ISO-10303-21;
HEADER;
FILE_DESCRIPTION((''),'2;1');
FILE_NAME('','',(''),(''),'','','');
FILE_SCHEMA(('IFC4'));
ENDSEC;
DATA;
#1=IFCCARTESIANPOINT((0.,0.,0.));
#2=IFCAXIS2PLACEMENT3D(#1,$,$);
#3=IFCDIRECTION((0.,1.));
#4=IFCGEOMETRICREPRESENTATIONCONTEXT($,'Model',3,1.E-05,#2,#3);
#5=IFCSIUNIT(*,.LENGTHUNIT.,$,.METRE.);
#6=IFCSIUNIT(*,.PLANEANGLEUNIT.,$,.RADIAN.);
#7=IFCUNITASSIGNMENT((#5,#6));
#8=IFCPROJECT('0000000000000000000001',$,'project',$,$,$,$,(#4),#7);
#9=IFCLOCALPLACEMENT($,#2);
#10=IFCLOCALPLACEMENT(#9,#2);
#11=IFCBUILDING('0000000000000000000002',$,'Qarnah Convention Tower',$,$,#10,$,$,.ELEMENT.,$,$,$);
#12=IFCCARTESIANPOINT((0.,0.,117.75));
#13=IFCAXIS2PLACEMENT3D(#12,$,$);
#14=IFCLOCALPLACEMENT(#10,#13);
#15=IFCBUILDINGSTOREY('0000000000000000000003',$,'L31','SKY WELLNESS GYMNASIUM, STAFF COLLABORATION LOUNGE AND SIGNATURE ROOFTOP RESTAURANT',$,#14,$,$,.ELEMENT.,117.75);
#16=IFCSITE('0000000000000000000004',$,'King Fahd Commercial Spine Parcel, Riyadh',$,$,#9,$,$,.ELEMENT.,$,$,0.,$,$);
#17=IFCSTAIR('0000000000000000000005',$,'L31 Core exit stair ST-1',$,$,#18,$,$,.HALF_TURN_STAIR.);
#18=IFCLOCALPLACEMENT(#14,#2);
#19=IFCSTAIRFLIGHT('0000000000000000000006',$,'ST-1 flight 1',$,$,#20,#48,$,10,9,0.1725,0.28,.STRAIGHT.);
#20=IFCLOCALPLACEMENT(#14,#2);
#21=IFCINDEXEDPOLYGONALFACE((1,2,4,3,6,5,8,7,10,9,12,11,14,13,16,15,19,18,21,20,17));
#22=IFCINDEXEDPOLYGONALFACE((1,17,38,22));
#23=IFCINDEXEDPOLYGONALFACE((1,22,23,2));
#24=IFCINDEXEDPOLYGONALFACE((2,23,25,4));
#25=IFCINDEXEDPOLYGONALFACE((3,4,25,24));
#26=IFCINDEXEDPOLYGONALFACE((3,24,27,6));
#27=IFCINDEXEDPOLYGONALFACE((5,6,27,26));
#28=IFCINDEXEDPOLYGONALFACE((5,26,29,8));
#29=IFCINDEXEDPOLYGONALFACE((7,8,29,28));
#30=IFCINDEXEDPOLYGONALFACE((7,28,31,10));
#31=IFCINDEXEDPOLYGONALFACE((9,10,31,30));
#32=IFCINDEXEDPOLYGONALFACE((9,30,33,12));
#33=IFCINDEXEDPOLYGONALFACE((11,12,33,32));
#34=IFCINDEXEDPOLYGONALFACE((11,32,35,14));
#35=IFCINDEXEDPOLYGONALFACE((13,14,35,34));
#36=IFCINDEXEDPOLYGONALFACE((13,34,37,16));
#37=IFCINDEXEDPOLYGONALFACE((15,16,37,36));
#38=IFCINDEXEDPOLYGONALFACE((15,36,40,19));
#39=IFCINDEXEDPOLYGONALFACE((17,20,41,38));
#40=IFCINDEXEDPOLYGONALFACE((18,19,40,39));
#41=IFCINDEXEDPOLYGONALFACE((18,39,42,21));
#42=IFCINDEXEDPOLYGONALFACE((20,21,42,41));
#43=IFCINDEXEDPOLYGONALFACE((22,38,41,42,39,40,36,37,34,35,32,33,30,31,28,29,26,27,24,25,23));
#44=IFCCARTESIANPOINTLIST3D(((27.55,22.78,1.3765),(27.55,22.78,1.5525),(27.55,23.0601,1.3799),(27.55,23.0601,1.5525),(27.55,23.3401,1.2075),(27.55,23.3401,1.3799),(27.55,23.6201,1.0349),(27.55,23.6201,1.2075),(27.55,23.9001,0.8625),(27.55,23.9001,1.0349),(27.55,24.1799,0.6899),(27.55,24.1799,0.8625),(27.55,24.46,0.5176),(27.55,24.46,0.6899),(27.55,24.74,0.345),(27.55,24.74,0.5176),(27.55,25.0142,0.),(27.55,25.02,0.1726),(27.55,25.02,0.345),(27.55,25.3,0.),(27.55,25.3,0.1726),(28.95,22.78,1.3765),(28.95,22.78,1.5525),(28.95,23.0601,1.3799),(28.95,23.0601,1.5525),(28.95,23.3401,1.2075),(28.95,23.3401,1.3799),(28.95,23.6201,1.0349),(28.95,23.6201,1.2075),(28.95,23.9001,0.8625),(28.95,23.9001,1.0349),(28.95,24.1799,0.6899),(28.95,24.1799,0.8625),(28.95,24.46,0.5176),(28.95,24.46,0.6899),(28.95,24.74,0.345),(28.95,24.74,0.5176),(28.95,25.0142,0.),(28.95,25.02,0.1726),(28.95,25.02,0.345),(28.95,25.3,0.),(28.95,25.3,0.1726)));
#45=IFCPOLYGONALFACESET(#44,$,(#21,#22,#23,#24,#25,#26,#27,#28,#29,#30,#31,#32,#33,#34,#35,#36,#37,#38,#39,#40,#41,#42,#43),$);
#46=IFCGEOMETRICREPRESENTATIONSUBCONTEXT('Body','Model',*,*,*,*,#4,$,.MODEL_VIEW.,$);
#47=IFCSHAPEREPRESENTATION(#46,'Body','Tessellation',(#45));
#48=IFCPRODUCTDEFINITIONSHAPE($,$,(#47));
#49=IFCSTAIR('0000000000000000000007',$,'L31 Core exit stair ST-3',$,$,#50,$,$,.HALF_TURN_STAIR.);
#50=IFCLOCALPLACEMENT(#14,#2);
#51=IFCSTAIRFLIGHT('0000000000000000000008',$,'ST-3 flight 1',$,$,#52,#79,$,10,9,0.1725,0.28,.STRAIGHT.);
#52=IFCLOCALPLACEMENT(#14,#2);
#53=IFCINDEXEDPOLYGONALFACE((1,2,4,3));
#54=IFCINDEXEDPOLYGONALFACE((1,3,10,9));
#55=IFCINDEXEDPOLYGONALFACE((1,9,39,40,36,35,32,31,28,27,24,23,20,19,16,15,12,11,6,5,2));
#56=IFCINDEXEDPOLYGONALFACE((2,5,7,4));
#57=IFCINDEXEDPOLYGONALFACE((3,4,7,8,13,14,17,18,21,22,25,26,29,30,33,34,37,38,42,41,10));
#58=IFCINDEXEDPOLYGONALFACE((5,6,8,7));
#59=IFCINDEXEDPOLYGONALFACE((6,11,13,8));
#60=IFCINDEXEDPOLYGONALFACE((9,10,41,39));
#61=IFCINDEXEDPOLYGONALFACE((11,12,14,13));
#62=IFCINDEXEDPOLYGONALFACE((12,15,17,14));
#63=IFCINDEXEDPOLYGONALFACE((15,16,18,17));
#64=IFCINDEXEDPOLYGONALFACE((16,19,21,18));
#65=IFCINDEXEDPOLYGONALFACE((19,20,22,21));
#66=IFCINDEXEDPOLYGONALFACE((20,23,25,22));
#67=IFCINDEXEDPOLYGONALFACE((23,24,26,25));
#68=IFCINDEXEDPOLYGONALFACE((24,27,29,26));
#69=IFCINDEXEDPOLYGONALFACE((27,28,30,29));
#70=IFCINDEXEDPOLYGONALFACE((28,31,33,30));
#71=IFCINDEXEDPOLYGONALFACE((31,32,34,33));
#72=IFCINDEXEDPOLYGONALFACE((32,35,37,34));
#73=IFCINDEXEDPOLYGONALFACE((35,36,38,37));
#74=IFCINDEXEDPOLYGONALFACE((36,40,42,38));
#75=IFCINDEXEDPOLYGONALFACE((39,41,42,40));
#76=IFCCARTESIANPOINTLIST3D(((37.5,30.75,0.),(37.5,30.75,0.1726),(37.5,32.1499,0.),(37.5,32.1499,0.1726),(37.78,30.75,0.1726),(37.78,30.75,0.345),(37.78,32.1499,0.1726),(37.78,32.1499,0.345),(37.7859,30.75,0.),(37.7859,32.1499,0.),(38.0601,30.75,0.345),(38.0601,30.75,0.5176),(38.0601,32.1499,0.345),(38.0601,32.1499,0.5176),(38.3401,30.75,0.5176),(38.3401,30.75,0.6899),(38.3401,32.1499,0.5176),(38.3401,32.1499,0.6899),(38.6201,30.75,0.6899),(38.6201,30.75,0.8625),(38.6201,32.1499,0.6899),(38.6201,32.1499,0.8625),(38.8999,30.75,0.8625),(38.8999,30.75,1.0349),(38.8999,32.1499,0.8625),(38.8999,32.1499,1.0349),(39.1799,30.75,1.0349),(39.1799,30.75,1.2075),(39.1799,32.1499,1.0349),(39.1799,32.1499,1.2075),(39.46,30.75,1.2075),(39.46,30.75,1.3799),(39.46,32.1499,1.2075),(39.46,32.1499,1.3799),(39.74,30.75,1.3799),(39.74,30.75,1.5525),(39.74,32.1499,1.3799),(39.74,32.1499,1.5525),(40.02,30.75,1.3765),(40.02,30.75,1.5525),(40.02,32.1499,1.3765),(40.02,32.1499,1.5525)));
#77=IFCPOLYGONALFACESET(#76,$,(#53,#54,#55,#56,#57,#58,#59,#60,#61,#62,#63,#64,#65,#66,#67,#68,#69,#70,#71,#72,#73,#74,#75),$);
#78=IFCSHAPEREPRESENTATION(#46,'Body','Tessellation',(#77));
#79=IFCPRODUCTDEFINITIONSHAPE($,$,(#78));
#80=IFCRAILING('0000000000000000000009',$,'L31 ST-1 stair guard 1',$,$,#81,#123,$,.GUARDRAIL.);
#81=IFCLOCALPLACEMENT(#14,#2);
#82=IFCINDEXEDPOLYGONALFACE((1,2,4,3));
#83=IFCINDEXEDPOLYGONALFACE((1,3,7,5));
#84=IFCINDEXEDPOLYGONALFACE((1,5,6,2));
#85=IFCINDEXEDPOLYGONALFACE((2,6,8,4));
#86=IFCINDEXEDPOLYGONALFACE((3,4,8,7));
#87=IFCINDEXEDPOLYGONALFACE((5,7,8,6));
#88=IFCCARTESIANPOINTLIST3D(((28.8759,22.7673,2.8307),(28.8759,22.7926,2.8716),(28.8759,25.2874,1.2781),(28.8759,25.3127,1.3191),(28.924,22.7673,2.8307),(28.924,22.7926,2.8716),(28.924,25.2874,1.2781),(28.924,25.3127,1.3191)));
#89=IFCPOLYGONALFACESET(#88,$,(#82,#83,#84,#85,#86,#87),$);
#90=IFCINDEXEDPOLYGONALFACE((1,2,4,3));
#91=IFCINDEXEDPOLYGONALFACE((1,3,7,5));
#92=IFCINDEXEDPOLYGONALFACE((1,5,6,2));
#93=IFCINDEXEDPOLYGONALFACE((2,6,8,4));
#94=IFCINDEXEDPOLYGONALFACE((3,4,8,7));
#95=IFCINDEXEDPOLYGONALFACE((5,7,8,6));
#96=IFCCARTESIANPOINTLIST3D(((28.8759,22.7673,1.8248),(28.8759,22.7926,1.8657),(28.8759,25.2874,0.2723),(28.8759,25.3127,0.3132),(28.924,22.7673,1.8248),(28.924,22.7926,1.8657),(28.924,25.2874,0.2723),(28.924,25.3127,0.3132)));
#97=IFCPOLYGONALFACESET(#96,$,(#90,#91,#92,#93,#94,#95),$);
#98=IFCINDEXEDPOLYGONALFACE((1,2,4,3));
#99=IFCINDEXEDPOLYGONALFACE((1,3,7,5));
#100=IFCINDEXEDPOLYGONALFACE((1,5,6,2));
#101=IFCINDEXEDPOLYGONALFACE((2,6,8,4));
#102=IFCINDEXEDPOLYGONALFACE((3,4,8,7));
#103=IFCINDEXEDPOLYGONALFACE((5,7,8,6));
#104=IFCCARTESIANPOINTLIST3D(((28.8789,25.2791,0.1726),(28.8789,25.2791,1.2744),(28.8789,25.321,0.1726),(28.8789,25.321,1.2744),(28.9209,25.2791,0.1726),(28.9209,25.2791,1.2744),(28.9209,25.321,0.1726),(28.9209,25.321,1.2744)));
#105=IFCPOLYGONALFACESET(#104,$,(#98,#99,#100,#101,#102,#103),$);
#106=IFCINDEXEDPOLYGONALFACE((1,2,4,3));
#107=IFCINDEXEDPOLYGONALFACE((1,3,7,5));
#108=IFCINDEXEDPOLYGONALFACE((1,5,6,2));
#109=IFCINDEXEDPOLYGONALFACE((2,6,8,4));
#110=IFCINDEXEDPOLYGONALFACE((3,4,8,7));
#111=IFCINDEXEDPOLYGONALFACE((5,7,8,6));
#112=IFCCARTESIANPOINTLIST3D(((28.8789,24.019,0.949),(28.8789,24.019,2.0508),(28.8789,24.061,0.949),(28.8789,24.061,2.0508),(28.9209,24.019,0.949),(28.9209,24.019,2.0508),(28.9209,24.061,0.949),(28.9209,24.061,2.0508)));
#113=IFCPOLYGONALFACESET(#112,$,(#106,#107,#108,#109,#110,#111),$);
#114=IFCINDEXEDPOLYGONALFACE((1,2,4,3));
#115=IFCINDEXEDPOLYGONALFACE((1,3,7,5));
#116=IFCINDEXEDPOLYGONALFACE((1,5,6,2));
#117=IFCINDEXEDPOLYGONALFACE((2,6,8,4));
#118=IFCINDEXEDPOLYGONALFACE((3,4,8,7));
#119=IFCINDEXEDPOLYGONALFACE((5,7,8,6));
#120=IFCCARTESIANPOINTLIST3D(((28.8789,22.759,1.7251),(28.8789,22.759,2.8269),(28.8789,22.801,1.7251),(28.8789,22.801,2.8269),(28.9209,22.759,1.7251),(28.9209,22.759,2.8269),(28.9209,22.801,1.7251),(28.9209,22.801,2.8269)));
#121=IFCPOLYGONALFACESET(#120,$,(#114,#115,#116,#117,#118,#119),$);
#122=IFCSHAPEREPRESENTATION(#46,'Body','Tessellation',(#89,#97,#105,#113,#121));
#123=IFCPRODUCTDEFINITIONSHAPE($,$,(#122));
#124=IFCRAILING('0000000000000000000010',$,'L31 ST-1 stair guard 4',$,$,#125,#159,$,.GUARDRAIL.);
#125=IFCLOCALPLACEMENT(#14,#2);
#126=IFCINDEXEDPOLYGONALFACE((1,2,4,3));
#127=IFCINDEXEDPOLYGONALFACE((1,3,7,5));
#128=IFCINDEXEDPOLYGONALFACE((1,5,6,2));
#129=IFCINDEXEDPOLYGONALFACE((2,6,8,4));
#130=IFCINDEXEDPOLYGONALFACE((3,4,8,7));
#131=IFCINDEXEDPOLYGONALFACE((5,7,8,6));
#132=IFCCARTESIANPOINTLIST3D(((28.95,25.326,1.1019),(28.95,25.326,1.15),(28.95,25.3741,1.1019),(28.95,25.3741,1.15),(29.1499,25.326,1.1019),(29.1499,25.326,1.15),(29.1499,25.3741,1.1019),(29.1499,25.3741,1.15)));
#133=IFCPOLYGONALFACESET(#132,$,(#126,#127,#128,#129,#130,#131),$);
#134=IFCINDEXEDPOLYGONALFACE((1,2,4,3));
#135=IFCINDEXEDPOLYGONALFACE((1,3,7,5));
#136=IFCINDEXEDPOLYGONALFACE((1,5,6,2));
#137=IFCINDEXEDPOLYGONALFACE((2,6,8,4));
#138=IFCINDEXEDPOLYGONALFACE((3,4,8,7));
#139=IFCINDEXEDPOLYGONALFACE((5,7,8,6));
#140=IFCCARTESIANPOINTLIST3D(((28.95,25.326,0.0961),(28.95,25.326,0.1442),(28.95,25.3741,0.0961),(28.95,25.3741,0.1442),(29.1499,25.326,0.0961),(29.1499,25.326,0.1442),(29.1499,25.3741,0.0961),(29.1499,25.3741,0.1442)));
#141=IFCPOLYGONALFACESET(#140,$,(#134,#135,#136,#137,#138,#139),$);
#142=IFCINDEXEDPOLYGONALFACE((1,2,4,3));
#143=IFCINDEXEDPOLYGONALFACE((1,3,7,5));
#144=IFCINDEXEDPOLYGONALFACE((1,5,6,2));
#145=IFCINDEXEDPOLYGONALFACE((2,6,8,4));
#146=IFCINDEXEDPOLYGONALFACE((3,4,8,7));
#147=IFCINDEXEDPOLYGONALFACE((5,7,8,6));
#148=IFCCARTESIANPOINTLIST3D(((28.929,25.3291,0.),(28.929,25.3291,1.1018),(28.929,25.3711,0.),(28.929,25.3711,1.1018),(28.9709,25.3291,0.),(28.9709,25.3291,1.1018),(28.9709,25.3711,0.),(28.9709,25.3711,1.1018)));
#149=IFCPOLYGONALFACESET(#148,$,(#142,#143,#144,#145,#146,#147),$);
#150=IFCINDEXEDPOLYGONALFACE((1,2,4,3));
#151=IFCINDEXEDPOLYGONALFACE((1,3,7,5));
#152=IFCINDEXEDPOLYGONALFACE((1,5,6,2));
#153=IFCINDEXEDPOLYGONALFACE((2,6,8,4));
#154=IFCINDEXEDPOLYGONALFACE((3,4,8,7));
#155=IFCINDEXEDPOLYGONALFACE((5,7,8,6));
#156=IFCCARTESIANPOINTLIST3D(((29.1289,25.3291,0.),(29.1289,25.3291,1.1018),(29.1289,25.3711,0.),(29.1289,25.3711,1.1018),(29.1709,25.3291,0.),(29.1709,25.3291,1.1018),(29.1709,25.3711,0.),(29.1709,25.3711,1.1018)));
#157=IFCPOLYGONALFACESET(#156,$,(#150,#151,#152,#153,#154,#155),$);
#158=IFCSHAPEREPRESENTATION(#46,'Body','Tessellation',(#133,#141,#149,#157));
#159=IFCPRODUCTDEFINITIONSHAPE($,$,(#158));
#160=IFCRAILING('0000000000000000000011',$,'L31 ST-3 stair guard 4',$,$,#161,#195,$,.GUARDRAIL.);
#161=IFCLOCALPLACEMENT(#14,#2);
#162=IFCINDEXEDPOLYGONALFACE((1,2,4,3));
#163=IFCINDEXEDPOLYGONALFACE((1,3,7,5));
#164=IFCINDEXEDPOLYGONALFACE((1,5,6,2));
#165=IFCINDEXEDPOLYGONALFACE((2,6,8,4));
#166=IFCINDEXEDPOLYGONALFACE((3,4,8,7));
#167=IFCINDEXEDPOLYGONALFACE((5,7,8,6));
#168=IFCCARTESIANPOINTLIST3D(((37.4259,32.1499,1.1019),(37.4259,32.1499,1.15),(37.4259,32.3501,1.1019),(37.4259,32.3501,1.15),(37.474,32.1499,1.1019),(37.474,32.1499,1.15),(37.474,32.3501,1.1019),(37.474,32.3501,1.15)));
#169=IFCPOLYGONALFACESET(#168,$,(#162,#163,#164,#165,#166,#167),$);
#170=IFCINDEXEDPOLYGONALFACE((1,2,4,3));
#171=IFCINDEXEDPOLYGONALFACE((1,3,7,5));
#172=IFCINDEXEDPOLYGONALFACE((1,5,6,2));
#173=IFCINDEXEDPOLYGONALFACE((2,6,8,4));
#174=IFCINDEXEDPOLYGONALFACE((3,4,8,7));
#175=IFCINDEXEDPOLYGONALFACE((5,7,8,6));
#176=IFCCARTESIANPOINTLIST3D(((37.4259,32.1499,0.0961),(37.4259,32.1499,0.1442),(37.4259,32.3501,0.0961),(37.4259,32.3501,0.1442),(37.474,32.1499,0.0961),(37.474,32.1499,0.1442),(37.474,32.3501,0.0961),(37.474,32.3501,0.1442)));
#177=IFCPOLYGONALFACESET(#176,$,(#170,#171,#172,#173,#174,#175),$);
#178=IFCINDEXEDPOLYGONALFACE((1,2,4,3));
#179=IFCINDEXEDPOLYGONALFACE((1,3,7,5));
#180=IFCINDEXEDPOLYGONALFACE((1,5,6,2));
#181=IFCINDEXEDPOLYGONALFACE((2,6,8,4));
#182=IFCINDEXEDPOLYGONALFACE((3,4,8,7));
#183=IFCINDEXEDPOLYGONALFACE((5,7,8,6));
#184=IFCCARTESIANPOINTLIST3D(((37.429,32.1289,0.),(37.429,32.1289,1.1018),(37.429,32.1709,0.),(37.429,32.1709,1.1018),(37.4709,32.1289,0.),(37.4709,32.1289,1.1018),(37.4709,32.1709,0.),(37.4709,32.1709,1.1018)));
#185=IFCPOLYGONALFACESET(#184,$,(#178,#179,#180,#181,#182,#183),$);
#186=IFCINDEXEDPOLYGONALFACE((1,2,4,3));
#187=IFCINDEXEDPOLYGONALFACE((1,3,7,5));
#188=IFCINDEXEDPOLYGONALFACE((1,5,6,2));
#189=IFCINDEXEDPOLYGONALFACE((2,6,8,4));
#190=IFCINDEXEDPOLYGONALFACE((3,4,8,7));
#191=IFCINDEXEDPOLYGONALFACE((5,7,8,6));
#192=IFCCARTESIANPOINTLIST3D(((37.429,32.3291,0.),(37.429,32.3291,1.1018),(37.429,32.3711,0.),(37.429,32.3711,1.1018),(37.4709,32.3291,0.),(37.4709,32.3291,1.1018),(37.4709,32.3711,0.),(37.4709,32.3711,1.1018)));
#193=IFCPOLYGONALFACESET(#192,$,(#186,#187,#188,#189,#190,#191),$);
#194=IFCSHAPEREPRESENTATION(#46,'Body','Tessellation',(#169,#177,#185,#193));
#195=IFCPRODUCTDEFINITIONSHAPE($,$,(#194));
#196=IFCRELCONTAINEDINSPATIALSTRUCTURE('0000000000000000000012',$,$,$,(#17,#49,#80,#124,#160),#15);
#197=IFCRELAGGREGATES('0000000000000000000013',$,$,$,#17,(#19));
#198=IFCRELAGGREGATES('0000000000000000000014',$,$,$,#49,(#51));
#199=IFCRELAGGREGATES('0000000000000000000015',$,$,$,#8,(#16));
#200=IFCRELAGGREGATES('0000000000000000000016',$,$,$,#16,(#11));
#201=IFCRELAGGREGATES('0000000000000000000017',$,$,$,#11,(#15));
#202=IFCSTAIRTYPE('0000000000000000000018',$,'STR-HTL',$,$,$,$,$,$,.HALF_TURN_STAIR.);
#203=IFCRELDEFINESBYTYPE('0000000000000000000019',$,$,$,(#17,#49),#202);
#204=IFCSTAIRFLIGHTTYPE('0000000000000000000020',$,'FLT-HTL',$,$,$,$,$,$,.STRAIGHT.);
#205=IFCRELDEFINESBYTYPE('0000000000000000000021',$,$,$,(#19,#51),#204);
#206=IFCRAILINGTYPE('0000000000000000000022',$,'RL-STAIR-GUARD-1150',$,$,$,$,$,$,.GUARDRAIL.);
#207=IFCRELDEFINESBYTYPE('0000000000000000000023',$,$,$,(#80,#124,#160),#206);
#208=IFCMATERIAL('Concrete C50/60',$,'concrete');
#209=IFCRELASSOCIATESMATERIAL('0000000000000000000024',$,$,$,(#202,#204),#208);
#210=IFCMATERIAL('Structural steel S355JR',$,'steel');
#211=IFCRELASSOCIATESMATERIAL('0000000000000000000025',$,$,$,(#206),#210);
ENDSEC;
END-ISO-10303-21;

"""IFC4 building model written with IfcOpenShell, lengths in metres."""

from ifc_helpers import new_model, si_unit, direction, frame, origin, origin_2d, place, context, subcontext, project, spatial, polyline, rectangle, outline, extrude, material, type_object, element, aggregate, save


model = new_model("IFC4")

# Units and contexts
model_context = context("Model", 3, precision=1e-05, world=origin(), true_north=direction((0.0, 1.0)))
body_context = subcontext(model_context, "Body", "Model", "MODEL_VIEW")
ifc_project = project(units=[si_unit("LENGTHUNIT", "METRE"), si_unit("PLANEANGLEUNIT", "RADIAN")], contexts=[model_context])

# Site, building, storey
site_placement = place(None, origin())
site = spatial("IfcSite", under=ifc_project, at=site_placement, Name="King Fahd Commercial Spine Parcel, Riyadh", CompositionType="ELEMENT", RefElevation=0.0)
building_placement = place(site_placement, origin())
building = spatial("IfcBuilding", under=site, at=building_placement, Name="Qarnah Convention Tower", CompositionType="ELEMENT")
storey_placement = place(building_placement, frame((0.0, 0.0, 117.75)))
storey = spatial("IfcBuildingStorey", under=building, at=storey_placement, Name="L31", Description="SKY WELLNESS GYMNASIUM, STAFF COLLABORATION LOUNGE AND SIGNATURE ROOFTOP RESTAURANT", CompositionType="ELEMENT", Elevation=117.75)

# Shared definitions
ifc_material_1 = material(Name="Structural steel S355JR", Category="steel")

# Stairs, stair flights
ifc_material_2 = material(Name="Concrete C50/60", Category="concrete")
stair_type = type_object("IfcStairType", Name="STR-HTL", PredefinedType="HALF_TURN_STAIR", material=ifc_material_2)
stair_1_placement = place(storey_placement, origin())
stair_1 = element("IfcStair", 1, at=stair_1_placement, inside=storey, type_object=stair_type, Name="L31 Core exit stair ST-1", PredefinedType="HALF_TURN_STAIR")
stair_flight_type = type_object("IfcStairFlightType", Name="FLT-HTL", PredefinedType="STRAIGHT", material=ifc_material_2)
stair_flight_1_placement = place(storey_placement, frame((28.25, 25.3, 0.0), z_axis=(0.0, 0.0, 1.0), x_axis=(0.0, -1.0, 0.0)))
stair_flight_1 = element("IfcStairFlight", 2, at=stair_flight_1_placement, type_object=stair_flight_type, Name="ST-1 flight 1", NumberOfRisers=10, NumberOfTreads=9, PredefinedType="STRAIGHT", RiserHeight=0.1725, TreadLength=0.28, context=body_context, shape_type="SweptSolid", body=[
    extrude(outline(polyline([(0.0, 0.0), (0.0, 0.1726), (0.28, 0.1726), (0.28, 0.345), (0.5601, 0.345), (0.5601, 0.5176), (0.8401, 0.5176), (0.8401, 0.6899), (1.1201, 0.6899), (1.1201, 0.8625), (1.3999, 0.8625), (1.3999, 1.0349), (1.6799, 1.0349), (1.6799, 1.2075), (1.96, 1.2075), (1.96, 1.3799), (2.24, 1.3799), (2.24, 1.5525), (2.52, 1.5525), (2.52, 1.7251), (2.52, 1.3765), (0.2859, 0.0), (0.0, 0.0)])), frame((0.0, 0.7, 0.0), z_axis=(0.0, -1.0, 0.0), x_axis=(1.0, 0.0, 0.0)), (0.0, 0.0, 1.0), 1.3999),
])
aggregate(stair_1, [stair_flight_1])
stair_2_placement = place(storey_placement, origin())
stair_2 = element("IfcStair", 3, at=stair_2_placement, inside=storey, type_object=stair_type, Name="L31 Core exit stair ST-3", PredefinedType="HALF_TURN_STAIR")
stair_flight_2_placement = place(storey_placement, frame((37.5, 31.45, 0.0), z_axis=(0.0, 0.0, 1.0), x_axis=(1.0, 0.0, 0.0)))
stair_flight_2 = element("IfcStairFlight", 4, at=stair_flight_2_placement, type_object=stair_flight_type, Name="ST-3 flight 1", NumberOfRisers=10, NumberOfTreads=9, PredefinedType="STRAIGHT", RiserHeight=0.1725, TreadLength=0.28, context=body_context, shape_type="SweptSolid", body=[
    extrude(outline(polyline([(0.0, 0.0), (0.0, 0.1726), (0.28, 0.1726), (0.28, 0.345), (0.5601, 0.345), (0.5601, 0.5176), (0.8401, 0.5176), (0.8401, 0.6899), (1.1201, 0.6899), (1.1201, 0.8625), (1.3999, 0.8625), (1.3999, 1.0349), (1.6799, 1.0349), (1.6799, 1.2075), (1.96, 1.2075), (1.96, 1.3799), (2.24, 1.3799), (2.24, 1.5525), (2.52, 1.5525), (2.52, 1.7251), (2.52, 1.3765), (0.2859, 0.0), (0.0, 0.0)])), frame((0.0, 0.7, 0.0), z_axis=(0.0, -1.0, 0.0), x_axis=(1.0, 0.0, 0.0)), (0.0, 0.0, 1.0), 1.3999),
])
aggregate(stair_2, [stair_flight_2])

# Railings
railing_type = type_object("IfcRailingType", Name="RL-STAIR-GUARD-1150", PredefinedType="GUARDRAIL", material=ifc_material_1)
railing_1_placement = place(storey_placement, frame((28.8999, 25.3, 0.1726)))
element("IfcRailing", 5, at=railing_1_placement, inside=storey, type_object=railing_type, Name="L31 ST-1 stair guard 1", PredefinedType="GUARDRAIL", context=body_context, shape_type="SweptSolid", body=[
    extrude(rectangle(XDim=0.0481, YDim=0.0481, at=origin_2d()), frame((0.0, 0.0, 1.126), z_axis=(0.0, -0.8514, 0.524516), x_axis=(1.0, 0.0, 0.0)), (0.0, 0.0, 1.0), 2.96),
    extrude(rectangle(XDim=0.0481, YDim=0.0481, at=origin_2d()), frame((0.0, 0.0, 0.1201), z_axis=(0.0, -0.8514, 0.524516), x_axis=(1.0, 0.0, 0.0)), (0.0, 0.0, 1.0), 2.96),
    extrude(rectangle(XDim=0.042, YDim=0.042, at=origin_2d()), origin(), (0.0, 0.0, 1.0), 1.1018),
    extrude(rectangle(XDim=0.042, YDim=0.042, at=origin_2d()), frame((0.0, -1.26, 0.7764)), (0.0, 0.0, 1.0), 1.1018),
    extrude(rectangle(XDim=0.042, YDim=0.042, at=origin_2d()), frame((0.0, -2.52, 1.5525)), (0.0, 0.0, 1.0), 1.1018),
])
railing_2_placement = place(storey_placement, frame((28.95, 25.3501, 0.0)))
element("IfcRailing", 6, at=railing_2_placement, inside=storey, type_object=railing_type, Name="L31 ST-1 stair guard 4", PredefinedType="GUARDRAIL", context=body_context, shape_type="SweptSolid", body=[
    extrude(rectangle(XDim=0.0481, YDim=0.0481, at=origin_2d()), frame((0.0, 0.0, 1.126), z_axis=(1.0, 0.0, 0.0), x_axis=(0.0, 1.0, 0.0)), (0.0, 0.0, 1.0), 0.2),
    extrude(rectangle(XDim=0.0481, YDim=0.0481, at=origin_2d()), frame((0.0, 0.0, 0.1201), z_axis=(1.0, 0.0, 0.0), x_axis=(0.0, 1.0, 0.0)), (0.0, 0.0, 1.0), 0.2),
    extrude(rectangle(XDim=0.042, YDim=0.042, at=origin_2d()), origin(), (0.0, 0.0, 1.0), 1.1018),
    extrude(rectangle(XDim=0.042, YDim=0.042, at=origin_2d()), frame((0.2, 0.0, 0.0)), (0.0, 0.0, 1.0), 1.1018),
])
railing_3_placement = place(storey_placement, frame((37.45, 32.1499, 0.0)))
element("IfcRailing", 7, at=railing_3_placement, inside=storey, type_object=railing_type, Name="L31 ST-3 stair guard 4", PredefinedType="GUARDRAIL", context=body_context, shape_type="SweptSolid", body=[
    extrude(rectangle(XDim=0.0481, YDim=0.0481, at=origin_2d()), frame((0.0, 0.0, 1.126), z_axis=(0.0, 1.0, 0.0), x_axis=(-1.0, 0.0, 0.0)), (0.0, 0.0, 1.0), 0.2002),
    extrude(rectangle(XDim=0.0481, YDim=0.0481, at=origin_2d()), frame((0.0, 0.0, 0.1201), z_axis=(0.0, 1.0, 0.0), x_axis=(-1.0, 0.0, 0.0)), (0.0, 0.0, 1.0), 0.2002),
    extrude(rectangle(XDim=0.042, YDim=0.042, at=origin_2d()), origin(), (0.0, 0.0, 1.0), 1.1018),
    extrude(rectangle(XDim=0.042, YDim=0.042, at=origin_2d()), frame((0.0, 0.2002, 0.0)), (0.0, 0.0, 1.0), 1.1018),
])

save(model, "model.ifc")
